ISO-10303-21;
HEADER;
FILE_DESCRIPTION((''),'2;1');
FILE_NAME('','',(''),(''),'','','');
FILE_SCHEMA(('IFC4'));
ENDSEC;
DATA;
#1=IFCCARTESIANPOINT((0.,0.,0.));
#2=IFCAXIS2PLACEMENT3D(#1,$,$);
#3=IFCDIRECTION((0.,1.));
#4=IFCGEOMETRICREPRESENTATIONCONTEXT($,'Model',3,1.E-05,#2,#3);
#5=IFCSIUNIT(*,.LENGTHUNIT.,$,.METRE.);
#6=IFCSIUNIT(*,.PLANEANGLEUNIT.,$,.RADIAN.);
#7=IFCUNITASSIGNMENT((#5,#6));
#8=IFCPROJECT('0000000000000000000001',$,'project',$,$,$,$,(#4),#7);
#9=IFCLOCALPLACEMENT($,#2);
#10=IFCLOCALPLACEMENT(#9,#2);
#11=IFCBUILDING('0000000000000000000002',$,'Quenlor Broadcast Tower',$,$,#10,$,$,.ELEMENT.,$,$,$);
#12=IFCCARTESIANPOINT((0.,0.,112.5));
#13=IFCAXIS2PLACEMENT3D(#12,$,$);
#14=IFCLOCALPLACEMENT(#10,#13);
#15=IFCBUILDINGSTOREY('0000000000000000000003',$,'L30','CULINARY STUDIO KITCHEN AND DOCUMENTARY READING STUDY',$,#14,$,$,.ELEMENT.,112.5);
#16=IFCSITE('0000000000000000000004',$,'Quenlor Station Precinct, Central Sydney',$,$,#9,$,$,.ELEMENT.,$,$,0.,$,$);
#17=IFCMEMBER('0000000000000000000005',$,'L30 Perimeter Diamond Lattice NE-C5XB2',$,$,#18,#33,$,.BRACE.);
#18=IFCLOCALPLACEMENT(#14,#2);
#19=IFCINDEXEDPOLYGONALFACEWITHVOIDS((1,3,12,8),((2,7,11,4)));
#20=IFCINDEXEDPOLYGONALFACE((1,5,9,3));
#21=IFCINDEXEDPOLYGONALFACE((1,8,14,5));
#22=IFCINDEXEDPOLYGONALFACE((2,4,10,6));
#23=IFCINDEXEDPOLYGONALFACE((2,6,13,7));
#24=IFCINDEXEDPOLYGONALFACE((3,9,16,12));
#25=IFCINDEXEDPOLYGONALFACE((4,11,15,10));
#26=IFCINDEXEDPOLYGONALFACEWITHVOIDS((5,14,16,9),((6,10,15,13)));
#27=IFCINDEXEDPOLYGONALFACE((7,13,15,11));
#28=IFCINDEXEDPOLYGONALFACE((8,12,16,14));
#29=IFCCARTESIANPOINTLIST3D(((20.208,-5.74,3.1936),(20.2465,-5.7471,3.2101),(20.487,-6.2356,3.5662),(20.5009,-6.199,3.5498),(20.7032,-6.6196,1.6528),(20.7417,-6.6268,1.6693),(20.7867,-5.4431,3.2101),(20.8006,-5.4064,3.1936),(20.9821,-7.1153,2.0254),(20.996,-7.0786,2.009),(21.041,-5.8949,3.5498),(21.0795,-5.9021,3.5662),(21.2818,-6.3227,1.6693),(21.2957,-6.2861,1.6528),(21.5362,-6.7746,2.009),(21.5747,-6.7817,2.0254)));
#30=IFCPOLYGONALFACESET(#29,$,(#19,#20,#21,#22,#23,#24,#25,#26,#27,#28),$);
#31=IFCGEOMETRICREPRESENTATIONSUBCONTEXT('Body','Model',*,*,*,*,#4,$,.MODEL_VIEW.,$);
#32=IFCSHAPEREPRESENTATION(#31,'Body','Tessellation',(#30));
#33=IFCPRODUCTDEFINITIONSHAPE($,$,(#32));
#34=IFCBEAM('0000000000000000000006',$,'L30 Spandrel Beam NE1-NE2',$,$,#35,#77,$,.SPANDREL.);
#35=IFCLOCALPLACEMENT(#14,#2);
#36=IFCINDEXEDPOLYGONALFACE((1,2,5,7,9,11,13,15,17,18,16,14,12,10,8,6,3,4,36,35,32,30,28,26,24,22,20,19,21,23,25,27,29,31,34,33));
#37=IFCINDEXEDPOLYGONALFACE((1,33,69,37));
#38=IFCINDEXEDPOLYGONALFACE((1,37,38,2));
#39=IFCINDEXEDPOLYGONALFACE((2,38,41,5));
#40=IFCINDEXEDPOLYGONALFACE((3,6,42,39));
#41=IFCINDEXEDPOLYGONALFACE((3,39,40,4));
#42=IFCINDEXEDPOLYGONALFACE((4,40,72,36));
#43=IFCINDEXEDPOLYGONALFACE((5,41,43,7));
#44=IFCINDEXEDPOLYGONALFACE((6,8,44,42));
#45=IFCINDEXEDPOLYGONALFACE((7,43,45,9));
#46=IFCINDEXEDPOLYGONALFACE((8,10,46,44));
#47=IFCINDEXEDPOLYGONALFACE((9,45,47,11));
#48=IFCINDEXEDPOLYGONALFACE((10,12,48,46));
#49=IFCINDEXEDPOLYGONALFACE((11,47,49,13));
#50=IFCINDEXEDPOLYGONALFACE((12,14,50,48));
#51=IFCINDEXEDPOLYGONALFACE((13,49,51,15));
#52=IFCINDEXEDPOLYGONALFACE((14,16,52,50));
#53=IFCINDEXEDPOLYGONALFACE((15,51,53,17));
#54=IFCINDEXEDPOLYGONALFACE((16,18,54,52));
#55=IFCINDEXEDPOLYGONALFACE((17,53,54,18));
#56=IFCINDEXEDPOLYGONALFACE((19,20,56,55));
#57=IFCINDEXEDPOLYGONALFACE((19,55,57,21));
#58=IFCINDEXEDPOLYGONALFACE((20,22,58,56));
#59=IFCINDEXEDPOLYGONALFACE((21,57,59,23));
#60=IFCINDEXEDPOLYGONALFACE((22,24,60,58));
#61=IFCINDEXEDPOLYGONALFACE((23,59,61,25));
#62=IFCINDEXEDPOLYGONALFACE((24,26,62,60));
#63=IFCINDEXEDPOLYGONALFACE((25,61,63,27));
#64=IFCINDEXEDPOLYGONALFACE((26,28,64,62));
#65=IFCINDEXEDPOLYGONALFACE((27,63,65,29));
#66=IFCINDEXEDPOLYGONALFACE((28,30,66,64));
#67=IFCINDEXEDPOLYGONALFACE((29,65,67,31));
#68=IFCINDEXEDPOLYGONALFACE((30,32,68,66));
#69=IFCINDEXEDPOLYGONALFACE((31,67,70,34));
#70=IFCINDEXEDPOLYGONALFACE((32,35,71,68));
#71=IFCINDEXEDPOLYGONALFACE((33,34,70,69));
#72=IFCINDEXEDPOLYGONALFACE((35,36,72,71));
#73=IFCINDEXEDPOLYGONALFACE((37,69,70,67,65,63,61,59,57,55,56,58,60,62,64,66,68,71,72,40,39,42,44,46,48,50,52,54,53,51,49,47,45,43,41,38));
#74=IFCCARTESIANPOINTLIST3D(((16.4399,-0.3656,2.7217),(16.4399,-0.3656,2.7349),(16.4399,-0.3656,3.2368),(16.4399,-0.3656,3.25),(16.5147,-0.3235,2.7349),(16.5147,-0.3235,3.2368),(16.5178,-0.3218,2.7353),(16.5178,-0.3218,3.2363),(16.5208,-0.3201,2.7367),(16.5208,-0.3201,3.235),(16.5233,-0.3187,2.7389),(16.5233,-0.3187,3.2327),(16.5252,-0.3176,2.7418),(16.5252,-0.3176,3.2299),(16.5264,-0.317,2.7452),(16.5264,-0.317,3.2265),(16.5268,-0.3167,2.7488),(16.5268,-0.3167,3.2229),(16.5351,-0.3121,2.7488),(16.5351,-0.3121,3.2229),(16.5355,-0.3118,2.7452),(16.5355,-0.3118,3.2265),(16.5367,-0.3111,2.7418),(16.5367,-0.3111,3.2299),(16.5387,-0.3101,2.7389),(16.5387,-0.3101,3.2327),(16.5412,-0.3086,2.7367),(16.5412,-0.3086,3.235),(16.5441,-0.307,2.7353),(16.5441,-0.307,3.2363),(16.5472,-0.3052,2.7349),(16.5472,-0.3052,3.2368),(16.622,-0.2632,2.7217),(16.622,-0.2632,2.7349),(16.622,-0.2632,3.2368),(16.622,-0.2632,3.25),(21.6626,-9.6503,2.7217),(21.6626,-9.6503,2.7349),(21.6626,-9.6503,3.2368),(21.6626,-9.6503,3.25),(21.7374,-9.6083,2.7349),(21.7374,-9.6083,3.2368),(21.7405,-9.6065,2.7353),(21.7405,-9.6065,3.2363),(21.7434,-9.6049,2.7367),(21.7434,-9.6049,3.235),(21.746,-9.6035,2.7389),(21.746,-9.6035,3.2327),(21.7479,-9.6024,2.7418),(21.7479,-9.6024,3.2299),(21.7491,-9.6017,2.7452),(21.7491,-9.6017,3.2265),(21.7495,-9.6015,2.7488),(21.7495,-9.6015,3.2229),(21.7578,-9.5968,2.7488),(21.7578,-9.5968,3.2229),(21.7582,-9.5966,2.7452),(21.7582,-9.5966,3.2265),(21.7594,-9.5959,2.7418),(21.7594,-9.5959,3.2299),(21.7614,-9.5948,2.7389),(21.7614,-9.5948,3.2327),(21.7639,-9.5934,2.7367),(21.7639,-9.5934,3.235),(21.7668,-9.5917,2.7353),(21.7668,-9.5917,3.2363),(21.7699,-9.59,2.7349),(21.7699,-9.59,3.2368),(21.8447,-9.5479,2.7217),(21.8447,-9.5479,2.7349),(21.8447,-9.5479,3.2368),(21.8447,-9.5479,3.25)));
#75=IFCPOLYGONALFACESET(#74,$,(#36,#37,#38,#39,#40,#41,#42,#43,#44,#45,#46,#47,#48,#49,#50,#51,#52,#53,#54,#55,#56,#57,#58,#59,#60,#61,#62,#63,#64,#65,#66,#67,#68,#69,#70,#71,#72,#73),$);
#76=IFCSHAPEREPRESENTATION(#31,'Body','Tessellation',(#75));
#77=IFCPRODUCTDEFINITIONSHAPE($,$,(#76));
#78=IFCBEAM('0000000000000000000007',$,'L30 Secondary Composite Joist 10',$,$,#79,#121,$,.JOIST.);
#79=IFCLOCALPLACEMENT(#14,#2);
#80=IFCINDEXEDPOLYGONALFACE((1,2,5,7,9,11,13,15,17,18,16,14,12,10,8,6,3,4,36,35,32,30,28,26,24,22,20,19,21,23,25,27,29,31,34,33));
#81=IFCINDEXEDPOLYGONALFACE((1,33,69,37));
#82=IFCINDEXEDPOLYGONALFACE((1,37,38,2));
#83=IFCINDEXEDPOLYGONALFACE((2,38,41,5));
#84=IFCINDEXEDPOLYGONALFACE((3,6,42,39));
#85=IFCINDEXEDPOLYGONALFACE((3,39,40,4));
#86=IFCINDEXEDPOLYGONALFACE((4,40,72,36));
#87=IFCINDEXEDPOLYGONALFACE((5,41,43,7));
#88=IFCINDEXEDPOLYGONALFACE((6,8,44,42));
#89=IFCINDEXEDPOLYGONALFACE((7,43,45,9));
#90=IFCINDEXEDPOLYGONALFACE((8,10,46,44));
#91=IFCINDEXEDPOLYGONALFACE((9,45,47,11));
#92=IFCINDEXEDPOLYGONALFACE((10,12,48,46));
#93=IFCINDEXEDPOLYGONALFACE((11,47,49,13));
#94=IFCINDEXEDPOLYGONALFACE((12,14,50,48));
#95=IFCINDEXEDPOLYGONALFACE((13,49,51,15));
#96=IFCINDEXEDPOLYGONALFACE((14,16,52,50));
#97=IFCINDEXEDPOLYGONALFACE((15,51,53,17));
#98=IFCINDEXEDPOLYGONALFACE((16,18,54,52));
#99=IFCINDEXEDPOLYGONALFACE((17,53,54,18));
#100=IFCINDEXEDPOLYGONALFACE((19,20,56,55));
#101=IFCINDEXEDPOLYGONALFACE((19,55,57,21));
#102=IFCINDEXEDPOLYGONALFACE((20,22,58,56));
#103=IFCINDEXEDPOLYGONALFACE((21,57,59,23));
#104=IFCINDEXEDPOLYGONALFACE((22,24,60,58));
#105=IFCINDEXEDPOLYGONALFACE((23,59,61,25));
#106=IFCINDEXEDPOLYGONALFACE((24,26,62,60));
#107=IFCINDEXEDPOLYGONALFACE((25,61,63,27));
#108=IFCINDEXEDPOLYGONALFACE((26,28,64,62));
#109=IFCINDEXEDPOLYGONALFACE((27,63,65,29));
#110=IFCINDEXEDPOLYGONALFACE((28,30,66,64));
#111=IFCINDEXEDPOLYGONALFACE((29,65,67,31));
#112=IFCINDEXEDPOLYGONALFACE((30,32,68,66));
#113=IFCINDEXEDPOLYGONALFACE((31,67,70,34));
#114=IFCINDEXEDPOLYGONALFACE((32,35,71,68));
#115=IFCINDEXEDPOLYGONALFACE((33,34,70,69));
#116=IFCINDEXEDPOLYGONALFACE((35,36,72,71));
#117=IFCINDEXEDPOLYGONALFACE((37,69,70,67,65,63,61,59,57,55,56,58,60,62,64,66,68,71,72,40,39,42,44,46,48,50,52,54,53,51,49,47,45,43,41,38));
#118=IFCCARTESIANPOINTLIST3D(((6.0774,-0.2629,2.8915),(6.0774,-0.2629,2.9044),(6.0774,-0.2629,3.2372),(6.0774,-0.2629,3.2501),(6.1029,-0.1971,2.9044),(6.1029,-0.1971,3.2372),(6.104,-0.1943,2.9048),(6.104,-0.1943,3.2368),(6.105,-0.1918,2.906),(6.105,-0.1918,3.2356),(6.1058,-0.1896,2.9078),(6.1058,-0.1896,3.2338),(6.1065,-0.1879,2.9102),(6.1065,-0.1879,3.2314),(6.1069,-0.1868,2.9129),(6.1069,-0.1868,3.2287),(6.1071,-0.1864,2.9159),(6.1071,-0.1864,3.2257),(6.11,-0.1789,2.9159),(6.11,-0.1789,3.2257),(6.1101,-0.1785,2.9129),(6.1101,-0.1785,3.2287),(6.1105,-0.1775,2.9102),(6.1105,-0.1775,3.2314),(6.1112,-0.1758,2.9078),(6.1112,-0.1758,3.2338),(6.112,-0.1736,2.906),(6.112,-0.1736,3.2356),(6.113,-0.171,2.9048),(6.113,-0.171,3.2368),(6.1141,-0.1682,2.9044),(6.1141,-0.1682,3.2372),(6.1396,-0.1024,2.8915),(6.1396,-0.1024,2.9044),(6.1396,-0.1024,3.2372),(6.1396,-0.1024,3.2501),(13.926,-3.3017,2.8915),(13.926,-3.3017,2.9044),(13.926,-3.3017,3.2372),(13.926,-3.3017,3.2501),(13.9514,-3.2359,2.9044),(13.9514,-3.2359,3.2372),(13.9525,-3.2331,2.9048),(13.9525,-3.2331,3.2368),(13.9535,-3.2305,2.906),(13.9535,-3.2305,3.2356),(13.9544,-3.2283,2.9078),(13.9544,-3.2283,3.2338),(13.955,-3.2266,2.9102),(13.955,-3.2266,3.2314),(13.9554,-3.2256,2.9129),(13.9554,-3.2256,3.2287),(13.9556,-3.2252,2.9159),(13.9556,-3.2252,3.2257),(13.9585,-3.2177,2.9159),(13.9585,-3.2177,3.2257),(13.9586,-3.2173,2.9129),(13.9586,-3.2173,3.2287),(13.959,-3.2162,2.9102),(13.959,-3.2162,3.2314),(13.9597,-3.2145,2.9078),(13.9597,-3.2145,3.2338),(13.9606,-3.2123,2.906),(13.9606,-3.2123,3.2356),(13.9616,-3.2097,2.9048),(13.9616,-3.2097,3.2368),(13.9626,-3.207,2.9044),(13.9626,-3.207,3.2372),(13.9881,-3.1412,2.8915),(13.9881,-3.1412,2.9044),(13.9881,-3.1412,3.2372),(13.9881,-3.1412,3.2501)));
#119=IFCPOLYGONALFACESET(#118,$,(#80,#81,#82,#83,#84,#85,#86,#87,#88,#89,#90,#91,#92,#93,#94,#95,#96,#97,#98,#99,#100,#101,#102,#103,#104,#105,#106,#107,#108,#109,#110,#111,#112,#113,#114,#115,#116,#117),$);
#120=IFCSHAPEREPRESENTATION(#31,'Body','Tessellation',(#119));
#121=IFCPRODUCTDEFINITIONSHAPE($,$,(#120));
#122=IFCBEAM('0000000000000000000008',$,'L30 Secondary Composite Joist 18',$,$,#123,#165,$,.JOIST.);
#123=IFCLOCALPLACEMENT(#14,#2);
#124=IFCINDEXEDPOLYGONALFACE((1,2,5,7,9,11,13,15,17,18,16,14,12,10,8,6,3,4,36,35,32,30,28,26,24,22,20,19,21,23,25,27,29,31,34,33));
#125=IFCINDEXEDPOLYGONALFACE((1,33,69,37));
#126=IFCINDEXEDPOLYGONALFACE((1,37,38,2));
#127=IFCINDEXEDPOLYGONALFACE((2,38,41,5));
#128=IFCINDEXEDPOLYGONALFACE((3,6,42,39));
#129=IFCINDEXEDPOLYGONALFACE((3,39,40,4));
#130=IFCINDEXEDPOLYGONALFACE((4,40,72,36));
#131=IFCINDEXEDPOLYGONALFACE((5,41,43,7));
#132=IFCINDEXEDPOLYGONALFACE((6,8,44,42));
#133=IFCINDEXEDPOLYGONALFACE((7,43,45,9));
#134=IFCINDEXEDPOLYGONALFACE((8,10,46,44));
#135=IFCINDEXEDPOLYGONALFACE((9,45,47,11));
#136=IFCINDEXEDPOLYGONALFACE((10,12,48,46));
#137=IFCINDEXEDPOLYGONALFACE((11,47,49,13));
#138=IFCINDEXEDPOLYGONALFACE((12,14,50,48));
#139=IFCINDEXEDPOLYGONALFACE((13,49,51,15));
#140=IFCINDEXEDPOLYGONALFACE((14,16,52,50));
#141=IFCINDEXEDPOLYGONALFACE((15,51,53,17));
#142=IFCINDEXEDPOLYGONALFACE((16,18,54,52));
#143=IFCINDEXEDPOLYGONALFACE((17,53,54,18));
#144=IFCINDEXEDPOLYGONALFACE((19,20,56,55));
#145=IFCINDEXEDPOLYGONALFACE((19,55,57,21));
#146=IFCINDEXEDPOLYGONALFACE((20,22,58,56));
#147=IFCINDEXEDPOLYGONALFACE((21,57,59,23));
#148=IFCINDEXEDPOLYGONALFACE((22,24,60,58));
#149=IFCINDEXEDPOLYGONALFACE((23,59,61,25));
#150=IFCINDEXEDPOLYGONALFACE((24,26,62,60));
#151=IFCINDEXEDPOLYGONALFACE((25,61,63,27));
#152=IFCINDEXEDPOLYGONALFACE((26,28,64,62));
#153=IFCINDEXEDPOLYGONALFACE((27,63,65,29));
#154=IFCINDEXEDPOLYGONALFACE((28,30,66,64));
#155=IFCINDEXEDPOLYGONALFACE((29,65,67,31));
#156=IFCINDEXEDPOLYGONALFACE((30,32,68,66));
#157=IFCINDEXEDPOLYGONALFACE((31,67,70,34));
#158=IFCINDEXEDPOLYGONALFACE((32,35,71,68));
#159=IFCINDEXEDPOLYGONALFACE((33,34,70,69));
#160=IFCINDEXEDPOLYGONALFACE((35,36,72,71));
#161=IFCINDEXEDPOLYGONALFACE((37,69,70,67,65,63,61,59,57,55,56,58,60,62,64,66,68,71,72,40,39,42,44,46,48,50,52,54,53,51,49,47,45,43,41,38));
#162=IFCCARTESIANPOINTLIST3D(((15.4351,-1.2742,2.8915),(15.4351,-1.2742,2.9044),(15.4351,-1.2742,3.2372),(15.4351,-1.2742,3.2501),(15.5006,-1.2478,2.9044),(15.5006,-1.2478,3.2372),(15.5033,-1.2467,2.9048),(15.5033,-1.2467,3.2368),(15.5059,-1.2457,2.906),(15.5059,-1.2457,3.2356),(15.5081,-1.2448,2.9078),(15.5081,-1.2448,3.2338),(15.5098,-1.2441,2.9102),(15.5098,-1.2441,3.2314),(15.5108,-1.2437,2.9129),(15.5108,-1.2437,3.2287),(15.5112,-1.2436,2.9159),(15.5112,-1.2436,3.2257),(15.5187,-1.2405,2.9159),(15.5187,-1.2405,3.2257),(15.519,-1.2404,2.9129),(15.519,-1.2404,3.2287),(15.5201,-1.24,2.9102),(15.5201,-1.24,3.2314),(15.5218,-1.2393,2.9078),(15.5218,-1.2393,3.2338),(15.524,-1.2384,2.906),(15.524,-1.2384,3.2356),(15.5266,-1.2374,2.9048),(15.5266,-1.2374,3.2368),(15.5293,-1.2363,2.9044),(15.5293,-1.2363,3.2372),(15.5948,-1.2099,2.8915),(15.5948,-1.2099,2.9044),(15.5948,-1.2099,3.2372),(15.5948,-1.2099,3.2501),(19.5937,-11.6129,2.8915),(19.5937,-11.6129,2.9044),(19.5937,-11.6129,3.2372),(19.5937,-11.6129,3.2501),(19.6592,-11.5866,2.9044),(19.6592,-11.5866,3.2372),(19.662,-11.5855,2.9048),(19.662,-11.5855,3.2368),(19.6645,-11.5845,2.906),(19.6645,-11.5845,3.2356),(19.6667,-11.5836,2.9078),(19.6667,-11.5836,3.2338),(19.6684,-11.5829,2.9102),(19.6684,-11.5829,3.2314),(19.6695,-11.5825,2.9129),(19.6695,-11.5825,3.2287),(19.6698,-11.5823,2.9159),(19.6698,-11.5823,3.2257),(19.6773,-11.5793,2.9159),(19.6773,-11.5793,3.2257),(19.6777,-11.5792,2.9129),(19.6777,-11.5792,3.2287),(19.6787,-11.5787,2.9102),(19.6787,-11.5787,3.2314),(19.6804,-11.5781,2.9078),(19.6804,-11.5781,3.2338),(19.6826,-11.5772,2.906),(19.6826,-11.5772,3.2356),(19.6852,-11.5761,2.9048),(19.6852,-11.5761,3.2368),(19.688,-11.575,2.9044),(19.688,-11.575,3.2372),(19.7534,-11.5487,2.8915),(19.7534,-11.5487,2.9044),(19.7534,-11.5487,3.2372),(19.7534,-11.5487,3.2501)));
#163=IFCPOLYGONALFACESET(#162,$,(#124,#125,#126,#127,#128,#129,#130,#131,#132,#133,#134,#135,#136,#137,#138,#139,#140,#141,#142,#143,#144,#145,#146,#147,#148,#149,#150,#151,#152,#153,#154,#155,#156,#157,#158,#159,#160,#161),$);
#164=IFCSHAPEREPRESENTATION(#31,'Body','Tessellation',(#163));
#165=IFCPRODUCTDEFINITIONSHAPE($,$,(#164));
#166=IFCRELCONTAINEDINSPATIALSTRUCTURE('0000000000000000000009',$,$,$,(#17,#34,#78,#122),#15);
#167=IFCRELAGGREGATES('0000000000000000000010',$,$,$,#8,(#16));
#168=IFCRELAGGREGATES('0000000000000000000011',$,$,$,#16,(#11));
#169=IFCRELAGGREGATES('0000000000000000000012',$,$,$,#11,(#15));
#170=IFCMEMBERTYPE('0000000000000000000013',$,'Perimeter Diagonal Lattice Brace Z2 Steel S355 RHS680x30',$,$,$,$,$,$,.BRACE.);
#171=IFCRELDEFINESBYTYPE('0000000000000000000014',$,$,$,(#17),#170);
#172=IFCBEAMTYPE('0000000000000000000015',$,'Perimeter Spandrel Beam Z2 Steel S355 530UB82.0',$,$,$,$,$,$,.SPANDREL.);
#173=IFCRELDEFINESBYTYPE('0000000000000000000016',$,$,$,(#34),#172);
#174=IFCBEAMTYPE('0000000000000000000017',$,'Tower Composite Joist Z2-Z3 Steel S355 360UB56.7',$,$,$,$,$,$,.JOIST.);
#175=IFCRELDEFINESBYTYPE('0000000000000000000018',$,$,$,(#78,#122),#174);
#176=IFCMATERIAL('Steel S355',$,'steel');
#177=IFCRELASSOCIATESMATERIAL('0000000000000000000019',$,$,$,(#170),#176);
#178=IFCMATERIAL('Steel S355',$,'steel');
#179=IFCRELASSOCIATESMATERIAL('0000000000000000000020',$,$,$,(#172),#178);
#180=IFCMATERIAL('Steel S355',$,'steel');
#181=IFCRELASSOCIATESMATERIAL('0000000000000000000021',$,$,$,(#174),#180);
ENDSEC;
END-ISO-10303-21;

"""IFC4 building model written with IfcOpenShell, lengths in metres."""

from ifc_helpers import new_model, si_unit, direction, frame, origin, origin_2d, place, context, subcontext, project, spatial, hollow_rectangle, i_section, extrude, material, material_profile, profile_set, type_object, element, save


model = new_model("IFC4")

# Units and contexts
model_context = context("Model", 3, precision=1e-05, world=origin(), true_north=direction((0.0, 1.0)))
body_context = subcontext(model_context, "Body", "Model", "MODEL_VIEW")
ifc_project = project(units=[si_unit("LENGTHUNIT", "METRE"), si_unit("PLANEANGLEUNIT", "RADIAN")], contexts=[model_context])

# Site, building, storey
site_placement = place(None, origin())
site = spatial("IfcSite", under=ifc_project, at=site_placement, Name="Quenlor Station Precinct, Central Sydney", CompositionType="ELEMENT", RefElevation=0.0)
building_placement = place(site_placement, origin())
building = spatial("IfcBuilding", under=site, at=building_placement, Name="Quenlor Broadcast Tower", CompositionType="ELEMENT")
storey_placement = place(building_placement, frame((0.0, 0.0, 112.5)))
storey = spatial("IfcBuildingStorey", under=building, at=storey_placement, Name="L30", Description="CULINARY STUDIO KITCHEN AND DOCUMENTARY READING STUDY", CompositionType="ELEMENT", Elevation=112.5)

# Member
ifc_material_1 = material(Name="Steel S355", Category="steel")
ifc_material_profile_1 = material_profile(ifc_material_1, hollow_rectangle(XDim=0.6799, YDim=0.6799, WallThickness=0.03, at=origin_2d()))
ifc_profile_set_1 = profile_set([ifc_material_profile_1], Name="Steel S355 RHS680x680x30")
member_type_1 = type_object("IfcMemberType", Name="Perimeter Diagonal Lattice Brace Z2 Steel S355 RHS680x30", PredefinedType="BRACE", material=ifc_profile_set_1)
member_1_placement = place(storey_placement, frame((21.1389, -6.7007, 1.8391), z_axis=(-0.268797, 0.477551, 0.836477), x_axis=(-0.87144, -0.490502, 0.0)))
element("IfcMember", 1, at=member_1_placement, inside=storey, type_object=member_type_1, Name="L30 Perimeter Diamond Lattice NE-C5XB2", PredefinedType="BRACE", context=body_context, shape_type="SweptSolid", body=[
    extrude(hollow_rectangle(XDim=0.6799, YDim=0.6799, WallThickness=0.03, at=origin_2d()), origin(), (0.0, 0.0, 1.0), 1.842),
])

# Beams
ifc_material_2 = material(Name="Steel S355", Category="steel")
ifc_material_profile_2 = material_profile(ifc_material_2, i_section(OverallWidth=0.209, OverallDepth=0.5283, WebThickness=0.0095, FlangeThickness=0.0132, FilletRadius=0.0139, at=origin_2d()))
ifc_profile_set_2 = profile_set([ifc_material_profile_2], Name="Steel S355 530UB82.0")
beam_type_1 = type_object("IfcBeamType", Name="Perimeter Spandrel Beam Z2 Steel S355 530UB82.0", PredefinedType="SPANDREL", material=ifc_profile_set_2)
beam_1_placement = place(storey_placement, frame((21.7537, -9.5991, 2.9858), z_axis=(-0.490263, 0.871574, 0.0), x_axis=(-0.871574, -0.490263, 0.0)))
element("IfcBeam", 2, at=beam_1_placement, inside=storey, type_object=beam_type_1, Name="L30 Spandrel Beam NE1-NE2", PredefinedType="SPANDREL", context=body_context, shape_type="SweptSolid", body=[
    extrude(i_section(OverallWidth=0.209, OverallDepth=0.5283, WebThickness=0.0095, FlangeThickness=0.0132, FilletRadius=0.0139, at=origin_2d()), origin(), (0.0, 0.0, 1.0), 10.6528),
])
ifc_material_3 = material(Name="Steel S355", Category="steel")
ifc_material_profile_3 = material_profile(ifc_material_3, i_section(OverallWidth=0.1721, OverallDepth=0.3586, WebThickness=0.0081, FlangeThickness=0.0129, FilletRadius=0.0115, at=origin_2d()))
ifc_profile_set_3 = profile_set([ifc_material_profile_3], Name="Steel S355 360UB56.7")
beam_type_2 = type_object("IfcBeamType", Name="Tower Composite Joist Z2-Z3 Steel S355 360UB56.7", PredefinedType="JOIST", material=ifc_profile_set_3)
beam_2_placement = place(storey_placement, frame((13.957, -3.2214, 3.0708), z_axis=(-0.932543, 0.36106, 0.0), x_axis=(-0.36106, -0.932543, 0.0)))
element("IfcBeam", 3, at=beam_2_placement, inside=storey, type_object=beam_type_2, Name="L30 Secondary Composite Joist 10", PredefinedType="JOIST", context=body_context, shape_type="SweptSolid", body=[
    extrude(i_section(OverallWidth=0.1721, OverallDepth=0.3586, WebThickness=0.0081, FlangeThickness=0.0129, FilletRadius=0.0115, at=origin_2d()), origin(), (0.0, 0.0, 1.0), 8.4163),
])
beam_3_placement = place(storey_placement, frame((19.6736, -11.5808, 3.0708), z_axis=(-0.37318, 0.927759, 0.0), x_axis=(-0.927759, -0.37318, 0.0)))
element("IfcBeam", 4, at=beam_3_placement, inside=storey, type_object=beam_type_2, Name="L30 Secondary Composite Joist 18", PredefinedType="JOIST", context=body_context, shape_type="SweptSolid", body=[
    extrude(i_section(OverallWidth=0.1721, OverallDepth=0.3586, WebThickness=0.0081, FlangeThickness=0.0129, FilletRadius=0.0115, at=origin_2d()), origin(), (0.0, 0.0, 1.0), 11.1438),
])

save(model, "model.ifc")
